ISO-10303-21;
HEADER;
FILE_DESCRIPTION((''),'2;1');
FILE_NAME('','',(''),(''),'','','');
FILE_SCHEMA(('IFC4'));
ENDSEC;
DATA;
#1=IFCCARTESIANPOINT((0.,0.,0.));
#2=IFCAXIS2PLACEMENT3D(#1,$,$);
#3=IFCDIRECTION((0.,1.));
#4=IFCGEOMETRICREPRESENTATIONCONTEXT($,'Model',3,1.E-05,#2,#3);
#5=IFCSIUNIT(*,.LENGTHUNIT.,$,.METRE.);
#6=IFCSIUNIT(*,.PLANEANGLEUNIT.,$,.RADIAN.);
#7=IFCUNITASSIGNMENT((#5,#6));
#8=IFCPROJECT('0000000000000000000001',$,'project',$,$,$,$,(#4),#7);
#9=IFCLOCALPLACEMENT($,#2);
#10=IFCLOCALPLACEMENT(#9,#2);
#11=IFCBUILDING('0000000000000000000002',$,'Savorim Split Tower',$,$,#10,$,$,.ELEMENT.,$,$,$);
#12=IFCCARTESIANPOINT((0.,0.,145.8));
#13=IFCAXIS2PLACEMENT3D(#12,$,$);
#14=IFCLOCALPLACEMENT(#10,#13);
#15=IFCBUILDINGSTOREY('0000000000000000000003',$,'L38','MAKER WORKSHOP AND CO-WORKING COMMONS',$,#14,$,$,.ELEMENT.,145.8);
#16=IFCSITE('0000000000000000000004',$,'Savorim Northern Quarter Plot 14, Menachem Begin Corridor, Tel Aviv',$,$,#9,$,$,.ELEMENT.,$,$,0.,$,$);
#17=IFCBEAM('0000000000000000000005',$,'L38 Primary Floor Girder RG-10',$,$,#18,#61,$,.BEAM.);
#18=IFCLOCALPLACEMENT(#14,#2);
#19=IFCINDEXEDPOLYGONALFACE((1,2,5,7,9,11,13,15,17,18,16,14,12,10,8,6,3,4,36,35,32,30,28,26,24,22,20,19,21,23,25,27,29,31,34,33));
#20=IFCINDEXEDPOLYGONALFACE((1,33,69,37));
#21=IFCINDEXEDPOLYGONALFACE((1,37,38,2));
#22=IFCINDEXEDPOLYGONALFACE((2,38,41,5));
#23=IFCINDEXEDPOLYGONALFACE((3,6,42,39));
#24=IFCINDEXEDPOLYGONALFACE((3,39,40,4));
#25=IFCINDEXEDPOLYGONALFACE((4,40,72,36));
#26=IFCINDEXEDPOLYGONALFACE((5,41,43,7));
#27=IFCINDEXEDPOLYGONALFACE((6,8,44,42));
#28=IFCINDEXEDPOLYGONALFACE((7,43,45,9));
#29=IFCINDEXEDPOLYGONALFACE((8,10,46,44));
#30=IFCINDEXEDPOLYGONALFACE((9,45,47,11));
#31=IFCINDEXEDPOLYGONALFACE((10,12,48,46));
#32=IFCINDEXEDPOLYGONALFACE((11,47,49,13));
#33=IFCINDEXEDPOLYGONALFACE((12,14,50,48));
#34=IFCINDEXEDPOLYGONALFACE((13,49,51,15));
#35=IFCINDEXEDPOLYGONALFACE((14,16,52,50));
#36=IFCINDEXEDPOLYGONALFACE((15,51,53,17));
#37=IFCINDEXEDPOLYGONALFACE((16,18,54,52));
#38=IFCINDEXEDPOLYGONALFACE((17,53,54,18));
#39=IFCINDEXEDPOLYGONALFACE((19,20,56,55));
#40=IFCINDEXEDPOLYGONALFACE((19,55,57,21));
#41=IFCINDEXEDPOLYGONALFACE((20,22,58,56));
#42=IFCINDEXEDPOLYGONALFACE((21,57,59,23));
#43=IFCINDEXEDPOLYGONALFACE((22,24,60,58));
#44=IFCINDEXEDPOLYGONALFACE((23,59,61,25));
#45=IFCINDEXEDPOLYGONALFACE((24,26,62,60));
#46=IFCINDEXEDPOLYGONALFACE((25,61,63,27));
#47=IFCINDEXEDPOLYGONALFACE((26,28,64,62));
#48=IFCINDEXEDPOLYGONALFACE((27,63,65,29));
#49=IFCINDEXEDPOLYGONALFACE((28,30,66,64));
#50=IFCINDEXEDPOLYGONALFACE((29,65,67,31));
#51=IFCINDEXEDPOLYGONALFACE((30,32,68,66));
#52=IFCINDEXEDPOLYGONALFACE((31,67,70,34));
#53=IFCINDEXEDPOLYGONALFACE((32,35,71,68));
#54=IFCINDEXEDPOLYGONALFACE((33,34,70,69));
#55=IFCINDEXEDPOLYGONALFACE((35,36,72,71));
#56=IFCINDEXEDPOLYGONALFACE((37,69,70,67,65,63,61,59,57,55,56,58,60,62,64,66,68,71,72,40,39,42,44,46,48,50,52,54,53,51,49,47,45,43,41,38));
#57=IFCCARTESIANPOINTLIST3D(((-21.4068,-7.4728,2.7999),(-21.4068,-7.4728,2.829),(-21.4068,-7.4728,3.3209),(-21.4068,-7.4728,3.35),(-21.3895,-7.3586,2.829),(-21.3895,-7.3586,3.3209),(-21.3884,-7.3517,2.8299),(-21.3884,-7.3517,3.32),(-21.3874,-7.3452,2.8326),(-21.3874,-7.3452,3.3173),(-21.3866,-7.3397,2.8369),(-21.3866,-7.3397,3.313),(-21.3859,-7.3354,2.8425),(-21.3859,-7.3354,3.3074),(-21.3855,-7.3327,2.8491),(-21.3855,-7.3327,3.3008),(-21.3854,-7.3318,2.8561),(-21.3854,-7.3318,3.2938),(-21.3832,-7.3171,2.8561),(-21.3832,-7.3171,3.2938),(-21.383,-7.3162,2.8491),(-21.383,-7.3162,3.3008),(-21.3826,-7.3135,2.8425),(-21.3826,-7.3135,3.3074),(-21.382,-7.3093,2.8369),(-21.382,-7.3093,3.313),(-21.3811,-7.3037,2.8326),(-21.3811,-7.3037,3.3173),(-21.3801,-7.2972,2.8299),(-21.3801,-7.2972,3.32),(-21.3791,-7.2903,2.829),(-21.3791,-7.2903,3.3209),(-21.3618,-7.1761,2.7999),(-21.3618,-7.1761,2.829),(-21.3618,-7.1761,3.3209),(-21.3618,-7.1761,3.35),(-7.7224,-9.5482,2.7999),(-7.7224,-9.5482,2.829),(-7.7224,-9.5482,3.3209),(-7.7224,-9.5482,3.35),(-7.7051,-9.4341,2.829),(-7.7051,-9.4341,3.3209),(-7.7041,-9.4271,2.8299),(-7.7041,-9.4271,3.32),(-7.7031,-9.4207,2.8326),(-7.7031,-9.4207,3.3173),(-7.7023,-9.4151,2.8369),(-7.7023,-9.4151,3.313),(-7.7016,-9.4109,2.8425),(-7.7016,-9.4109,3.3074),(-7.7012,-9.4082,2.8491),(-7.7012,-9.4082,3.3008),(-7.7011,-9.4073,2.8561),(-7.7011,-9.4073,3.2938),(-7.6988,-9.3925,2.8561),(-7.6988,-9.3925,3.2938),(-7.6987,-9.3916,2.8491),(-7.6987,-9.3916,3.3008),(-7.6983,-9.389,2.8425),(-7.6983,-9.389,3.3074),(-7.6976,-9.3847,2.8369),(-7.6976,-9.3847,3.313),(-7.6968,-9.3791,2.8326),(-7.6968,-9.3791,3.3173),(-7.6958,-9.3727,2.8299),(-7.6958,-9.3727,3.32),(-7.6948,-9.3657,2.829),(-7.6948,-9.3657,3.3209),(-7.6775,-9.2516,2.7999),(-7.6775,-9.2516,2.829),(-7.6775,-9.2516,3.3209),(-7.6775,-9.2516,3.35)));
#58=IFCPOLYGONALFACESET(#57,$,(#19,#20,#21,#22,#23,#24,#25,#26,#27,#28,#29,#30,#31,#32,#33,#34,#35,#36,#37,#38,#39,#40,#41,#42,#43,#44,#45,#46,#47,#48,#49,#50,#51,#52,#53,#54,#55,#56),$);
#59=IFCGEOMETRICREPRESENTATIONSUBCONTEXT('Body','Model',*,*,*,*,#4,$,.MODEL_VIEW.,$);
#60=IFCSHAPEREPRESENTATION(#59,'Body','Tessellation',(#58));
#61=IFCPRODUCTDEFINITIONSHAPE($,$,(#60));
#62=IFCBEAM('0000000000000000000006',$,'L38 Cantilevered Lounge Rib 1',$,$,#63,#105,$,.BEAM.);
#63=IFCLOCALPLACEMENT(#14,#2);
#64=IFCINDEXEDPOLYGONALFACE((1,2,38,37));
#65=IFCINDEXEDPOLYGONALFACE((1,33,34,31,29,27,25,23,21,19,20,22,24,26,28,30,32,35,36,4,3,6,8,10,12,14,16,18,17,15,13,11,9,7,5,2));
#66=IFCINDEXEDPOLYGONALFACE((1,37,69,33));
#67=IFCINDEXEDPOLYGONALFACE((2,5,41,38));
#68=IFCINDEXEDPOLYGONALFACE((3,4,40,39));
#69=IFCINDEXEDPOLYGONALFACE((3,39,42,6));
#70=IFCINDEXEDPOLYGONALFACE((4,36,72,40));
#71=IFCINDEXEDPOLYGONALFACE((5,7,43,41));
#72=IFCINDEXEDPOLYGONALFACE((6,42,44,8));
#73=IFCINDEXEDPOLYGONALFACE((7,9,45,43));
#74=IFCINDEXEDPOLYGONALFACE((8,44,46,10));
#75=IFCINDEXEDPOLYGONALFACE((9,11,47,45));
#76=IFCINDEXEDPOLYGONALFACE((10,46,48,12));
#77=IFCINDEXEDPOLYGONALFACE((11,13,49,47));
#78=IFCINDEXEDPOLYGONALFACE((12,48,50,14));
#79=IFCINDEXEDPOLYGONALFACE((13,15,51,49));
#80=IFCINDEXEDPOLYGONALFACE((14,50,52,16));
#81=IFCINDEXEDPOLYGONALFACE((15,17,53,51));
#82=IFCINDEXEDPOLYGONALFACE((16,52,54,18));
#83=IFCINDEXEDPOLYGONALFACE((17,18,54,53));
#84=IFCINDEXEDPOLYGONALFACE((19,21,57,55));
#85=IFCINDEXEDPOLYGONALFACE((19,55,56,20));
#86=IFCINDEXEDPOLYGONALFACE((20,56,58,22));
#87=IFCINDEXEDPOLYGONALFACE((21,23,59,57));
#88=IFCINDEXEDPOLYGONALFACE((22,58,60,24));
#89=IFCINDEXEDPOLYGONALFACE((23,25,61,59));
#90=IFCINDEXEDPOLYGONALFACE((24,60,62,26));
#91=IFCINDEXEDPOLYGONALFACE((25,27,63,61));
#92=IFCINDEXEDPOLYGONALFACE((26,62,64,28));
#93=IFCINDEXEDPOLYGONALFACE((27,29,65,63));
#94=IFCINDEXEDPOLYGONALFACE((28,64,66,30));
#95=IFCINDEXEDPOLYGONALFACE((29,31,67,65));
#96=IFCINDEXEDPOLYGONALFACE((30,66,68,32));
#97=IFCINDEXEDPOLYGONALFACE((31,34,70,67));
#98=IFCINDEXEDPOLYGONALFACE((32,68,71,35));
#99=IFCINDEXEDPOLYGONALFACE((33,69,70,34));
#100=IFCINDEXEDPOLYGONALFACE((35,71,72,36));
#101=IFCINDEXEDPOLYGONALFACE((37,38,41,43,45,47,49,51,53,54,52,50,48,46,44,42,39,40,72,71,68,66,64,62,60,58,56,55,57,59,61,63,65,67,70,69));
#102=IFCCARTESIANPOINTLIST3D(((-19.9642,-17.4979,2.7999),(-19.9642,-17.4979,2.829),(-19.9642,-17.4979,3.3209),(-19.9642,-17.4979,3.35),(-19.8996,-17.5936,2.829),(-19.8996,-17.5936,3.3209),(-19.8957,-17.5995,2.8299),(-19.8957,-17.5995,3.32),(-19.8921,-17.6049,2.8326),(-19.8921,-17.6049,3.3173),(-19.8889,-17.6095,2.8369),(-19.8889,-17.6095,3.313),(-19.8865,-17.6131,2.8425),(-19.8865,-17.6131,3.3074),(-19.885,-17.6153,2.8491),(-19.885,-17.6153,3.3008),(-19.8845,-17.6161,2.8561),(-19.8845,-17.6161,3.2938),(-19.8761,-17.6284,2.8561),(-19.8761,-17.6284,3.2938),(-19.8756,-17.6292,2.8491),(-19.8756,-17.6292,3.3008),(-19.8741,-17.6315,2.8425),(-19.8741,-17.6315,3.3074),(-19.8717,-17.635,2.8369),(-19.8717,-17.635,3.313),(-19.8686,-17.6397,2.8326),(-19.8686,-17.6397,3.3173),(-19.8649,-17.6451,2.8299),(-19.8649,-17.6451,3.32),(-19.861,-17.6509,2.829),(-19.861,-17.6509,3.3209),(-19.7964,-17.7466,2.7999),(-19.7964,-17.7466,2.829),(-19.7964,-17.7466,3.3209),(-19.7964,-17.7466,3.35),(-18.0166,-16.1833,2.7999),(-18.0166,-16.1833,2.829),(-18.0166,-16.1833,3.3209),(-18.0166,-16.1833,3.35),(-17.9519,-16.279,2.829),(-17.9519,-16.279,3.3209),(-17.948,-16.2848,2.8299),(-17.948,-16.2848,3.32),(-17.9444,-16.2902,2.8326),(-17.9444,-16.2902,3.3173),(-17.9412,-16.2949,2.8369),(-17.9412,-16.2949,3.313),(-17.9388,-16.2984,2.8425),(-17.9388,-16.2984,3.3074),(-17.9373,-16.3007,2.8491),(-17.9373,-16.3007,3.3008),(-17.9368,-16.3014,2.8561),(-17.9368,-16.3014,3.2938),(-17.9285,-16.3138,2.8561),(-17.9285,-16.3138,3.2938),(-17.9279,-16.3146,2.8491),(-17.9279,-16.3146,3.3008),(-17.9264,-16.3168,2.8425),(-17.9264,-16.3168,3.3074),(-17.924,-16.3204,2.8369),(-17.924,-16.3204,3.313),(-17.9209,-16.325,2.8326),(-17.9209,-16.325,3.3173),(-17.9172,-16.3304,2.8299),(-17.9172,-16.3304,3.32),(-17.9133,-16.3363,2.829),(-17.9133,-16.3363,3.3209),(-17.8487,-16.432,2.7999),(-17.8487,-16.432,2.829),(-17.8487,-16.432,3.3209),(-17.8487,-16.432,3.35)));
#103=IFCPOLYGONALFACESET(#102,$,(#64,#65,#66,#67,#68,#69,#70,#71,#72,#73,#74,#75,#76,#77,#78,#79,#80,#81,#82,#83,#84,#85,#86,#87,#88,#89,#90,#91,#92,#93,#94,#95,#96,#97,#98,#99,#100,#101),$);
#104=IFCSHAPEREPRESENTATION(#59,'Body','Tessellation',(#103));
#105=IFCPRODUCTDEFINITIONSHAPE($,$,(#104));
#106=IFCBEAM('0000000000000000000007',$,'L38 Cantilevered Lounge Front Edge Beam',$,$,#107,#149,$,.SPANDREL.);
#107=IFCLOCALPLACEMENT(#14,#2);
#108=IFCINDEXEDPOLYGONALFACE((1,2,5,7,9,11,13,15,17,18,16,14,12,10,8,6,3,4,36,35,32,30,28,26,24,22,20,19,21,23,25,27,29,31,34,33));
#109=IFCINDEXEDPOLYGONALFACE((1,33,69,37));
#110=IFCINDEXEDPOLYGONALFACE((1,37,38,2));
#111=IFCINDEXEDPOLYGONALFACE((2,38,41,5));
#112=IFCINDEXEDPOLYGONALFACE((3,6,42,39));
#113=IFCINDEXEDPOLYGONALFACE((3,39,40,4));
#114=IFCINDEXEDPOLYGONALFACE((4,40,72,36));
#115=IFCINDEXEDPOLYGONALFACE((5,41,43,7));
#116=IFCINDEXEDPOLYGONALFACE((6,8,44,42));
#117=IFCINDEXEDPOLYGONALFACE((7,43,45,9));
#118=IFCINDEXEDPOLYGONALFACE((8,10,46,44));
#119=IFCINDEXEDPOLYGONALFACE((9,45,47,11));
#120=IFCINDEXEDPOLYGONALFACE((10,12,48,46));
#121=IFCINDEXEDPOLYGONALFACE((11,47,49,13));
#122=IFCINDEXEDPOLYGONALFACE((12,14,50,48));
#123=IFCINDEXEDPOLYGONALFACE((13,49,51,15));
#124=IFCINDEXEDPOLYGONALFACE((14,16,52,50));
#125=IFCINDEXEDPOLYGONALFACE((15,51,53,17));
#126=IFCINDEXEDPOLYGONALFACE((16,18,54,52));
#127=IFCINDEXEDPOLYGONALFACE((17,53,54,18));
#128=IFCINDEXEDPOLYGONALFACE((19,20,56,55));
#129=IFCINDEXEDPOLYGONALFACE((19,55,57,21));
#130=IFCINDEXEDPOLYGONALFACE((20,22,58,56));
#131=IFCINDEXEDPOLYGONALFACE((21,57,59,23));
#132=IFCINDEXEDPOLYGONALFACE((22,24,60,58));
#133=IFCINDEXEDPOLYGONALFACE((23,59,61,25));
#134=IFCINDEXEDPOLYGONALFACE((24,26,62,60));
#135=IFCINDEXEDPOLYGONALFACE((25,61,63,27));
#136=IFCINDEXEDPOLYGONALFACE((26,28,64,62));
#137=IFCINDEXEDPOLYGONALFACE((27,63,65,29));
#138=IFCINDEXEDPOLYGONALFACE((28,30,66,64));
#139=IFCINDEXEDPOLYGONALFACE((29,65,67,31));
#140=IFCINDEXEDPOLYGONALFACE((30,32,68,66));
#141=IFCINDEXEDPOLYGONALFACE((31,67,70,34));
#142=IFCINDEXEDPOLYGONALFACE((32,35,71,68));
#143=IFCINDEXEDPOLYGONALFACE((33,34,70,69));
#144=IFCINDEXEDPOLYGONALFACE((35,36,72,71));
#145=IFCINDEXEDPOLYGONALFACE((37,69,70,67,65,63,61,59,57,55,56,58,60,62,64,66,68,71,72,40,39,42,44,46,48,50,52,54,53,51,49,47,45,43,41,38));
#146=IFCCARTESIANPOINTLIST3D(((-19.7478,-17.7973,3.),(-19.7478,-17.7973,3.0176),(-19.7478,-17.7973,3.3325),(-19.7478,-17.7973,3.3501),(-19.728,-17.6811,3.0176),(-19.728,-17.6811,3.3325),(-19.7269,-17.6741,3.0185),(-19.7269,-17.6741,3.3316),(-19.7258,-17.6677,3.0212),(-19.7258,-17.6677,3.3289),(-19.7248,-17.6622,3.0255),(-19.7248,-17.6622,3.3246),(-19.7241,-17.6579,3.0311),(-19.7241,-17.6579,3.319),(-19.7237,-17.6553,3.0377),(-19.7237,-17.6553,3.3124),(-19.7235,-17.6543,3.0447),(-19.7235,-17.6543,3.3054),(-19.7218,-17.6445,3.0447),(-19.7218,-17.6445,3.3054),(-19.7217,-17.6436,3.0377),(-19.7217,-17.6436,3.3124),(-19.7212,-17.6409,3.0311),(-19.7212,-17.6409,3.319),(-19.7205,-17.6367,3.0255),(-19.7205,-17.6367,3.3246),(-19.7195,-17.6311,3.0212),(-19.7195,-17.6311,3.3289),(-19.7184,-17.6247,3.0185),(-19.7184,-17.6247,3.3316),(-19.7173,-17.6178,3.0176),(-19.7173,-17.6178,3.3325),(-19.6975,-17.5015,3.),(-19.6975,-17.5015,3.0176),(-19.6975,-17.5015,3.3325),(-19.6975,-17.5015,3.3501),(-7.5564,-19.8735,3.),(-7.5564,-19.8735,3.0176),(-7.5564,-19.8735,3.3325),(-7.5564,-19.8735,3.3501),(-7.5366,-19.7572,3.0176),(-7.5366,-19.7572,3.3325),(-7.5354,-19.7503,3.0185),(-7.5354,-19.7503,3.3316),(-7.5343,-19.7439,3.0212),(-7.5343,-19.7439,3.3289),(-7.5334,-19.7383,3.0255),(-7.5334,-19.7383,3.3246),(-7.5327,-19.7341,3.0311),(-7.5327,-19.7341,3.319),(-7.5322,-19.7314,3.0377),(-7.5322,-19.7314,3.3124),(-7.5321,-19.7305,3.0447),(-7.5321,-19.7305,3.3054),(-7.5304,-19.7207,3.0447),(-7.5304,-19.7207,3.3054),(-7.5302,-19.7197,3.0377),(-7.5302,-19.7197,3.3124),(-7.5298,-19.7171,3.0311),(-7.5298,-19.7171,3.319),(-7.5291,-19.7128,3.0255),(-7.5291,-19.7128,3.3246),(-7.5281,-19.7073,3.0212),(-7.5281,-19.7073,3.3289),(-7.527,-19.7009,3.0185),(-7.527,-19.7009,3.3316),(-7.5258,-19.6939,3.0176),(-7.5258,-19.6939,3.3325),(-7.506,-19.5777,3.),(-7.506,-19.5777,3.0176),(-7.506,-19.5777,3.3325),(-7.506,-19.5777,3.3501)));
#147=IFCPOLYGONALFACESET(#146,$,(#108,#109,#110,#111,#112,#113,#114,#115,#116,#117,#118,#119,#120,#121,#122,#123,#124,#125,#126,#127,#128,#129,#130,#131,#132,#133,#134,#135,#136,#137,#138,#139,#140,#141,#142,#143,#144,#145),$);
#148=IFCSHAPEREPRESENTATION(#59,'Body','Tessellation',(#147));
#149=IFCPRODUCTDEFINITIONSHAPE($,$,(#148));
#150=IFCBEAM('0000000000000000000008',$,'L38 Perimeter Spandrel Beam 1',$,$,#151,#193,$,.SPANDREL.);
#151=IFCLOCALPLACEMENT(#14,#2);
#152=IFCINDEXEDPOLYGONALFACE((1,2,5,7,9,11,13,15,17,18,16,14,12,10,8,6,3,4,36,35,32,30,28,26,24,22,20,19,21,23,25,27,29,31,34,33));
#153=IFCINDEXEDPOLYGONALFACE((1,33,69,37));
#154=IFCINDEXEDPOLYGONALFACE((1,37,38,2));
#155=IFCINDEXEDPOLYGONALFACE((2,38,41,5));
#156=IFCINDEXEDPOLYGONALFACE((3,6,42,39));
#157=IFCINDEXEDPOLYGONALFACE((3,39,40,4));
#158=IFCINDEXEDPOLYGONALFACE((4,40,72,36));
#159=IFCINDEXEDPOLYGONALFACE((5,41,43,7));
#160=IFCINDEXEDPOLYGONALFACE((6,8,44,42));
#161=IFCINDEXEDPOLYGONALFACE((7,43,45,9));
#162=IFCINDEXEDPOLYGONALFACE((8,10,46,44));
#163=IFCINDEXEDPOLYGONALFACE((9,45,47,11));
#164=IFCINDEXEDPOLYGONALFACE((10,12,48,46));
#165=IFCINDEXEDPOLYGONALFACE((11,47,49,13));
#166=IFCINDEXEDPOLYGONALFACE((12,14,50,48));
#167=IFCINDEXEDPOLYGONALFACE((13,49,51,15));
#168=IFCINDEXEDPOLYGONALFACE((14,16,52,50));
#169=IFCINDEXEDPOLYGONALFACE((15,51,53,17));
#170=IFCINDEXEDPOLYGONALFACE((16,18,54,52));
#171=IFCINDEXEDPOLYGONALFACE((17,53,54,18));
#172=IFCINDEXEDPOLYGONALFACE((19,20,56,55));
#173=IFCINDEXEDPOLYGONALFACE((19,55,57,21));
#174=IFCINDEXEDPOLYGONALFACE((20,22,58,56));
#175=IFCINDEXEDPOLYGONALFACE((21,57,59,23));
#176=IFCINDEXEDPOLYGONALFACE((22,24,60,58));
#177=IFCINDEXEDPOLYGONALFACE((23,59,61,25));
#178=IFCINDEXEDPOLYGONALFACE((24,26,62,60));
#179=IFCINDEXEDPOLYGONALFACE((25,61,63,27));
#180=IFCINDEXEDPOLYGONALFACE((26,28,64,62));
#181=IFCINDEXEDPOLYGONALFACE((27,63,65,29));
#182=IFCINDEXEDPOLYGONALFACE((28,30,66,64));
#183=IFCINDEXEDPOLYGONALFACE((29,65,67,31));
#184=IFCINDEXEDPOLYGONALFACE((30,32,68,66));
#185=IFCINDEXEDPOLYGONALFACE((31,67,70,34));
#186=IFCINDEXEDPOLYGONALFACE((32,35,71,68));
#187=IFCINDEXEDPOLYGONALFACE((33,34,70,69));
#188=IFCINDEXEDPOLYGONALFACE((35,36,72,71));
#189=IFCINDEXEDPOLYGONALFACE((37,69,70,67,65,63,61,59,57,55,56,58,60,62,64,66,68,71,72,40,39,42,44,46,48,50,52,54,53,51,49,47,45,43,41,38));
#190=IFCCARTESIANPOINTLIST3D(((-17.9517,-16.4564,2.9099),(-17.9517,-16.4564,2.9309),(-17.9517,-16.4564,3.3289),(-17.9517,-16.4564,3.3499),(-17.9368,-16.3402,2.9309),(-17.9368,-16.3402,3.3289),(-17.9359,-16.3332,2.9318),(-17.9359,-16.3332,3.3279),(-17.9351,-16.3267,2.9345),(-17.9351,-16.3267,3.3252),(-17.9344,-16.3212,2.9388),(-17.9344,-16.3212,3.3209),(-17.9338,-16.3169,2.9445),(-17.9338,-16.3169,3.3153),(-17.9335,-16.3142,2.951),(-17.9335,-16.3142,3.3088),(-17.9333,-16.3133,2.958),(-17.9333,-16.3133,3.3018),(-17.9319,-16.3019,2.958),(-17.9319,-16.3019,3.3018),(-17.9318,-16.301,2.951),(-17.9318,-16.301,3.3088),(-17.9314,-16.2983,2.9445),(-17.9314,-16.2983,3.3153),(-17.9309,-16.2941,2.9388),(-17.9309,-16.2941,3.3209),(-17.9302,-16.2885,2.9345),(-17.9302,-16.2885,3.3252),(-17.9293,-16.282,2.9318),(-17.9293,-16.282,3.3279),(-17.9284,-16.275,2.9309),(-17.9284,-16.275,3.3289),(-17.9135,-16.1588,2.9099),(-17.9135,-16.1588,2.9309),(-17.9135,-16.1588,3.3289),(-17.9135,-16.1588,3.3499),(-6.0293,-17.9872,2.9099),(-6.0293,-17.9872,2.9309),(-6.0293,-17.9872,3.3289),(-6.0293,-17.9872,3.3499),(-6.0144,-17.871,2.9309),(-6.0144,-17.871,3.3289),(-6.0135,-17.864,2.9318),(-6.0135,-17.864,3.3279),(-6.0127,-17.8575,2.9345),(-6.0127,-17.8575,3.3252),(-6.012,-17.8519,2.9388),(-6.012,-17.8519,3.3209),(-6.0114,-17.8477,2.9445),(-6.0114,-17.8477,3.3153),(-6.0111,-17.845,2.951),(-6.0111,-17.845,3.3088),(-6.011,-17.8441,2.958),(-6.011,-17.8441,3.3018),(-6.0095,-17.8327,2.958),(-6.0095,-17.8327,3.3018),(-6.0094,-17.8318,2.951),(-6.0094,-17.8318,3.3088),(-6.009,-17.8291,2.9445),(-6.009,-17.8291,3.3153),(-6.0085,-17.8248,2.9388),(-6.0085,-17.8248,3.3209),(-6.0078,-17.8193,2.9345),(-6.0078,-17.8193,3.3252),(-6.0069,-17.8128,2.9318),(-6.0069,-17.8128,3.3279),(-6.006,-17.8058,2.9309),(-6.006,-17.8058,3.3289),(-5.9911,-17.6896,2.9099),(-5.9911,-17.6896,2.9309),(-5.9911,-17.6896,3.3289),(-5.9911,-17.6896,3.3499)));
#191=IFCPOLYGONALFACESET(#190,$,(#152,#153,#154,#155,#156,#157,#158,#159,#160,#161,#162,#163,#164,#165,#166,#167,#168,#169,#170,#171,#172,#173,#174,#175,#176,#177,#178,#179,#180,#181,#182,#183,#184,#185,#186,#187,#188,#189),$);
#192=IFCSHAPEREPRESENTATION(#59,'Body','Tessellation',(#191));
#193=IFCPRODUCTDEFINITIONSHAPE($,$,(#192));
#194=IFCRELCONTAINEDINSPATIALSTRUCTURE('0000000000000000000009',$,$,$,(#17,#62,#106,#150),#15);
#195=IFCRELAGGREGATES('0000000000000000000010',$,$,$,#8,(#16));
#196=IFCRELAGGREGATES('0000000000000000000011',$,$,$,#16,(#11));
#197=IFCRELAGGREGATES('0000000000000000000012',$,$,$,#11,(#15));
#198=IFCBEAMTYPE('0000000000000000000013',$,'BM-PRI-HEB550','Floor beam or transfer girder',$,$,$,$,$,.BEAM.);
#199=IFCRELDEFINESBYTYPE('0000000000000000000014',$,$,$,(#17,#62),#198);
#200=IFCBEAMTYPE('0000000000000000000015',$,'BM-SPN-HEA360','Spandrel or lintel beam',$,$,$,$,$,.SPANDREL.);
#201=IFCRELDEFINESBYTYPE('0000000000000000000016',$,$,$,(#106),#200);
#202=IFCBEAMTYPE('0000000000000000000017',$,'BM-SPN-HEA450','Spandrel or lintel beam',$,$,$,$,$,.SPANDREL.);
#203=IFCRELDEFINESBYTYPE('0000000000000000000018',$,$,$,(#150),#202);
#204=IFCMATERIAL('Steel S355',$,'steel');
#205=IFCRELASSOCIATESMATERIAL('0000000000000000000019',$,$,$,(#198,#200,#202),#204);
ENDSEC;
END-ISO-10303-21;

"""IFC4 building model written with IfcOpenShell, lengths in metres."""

from ifc_helpers import new_model, si_unit, direction, frame, origin, origin_2d, place, context, subcontext, project, spatial, i_section, extrude, material, material_profile, profile_set, type_object, element, save


model = new_model("IFC4")

# Units and contexts
model_context = context("Model", 3, precision=1e-05, world=origin(), true_north=direction((0.0, 1.0)))
body_context = subcontext(model_context, "Body", "Model", "MODEL_VIEW")
ifc_project = project(units=[si_unit("LENGTHUNIT", "METRE"), si_unit("PLANEANGLEUNIT", "RADIAN")], contexts=[model_context])

# Site, building, storey
site_placement = place(None, origin())
site = spatial("IfcSite", under=ifc_project, at=site_placement, Name="Savorim Northern Quarter Plot 14, Menachem Begin Corridor, Tel Aviv", CompositionType="ELEMENT", RefElevation=0.0)
building_placement = place(site_placement, origin())
building = spatial("IfcBuilding", under=site, at=building_placement, Name="Savorim Split Tower", CompositionType="ELEMENT")
storey_placement = place(building_placement, frame((0.0, 0.0, 145.8)))
storey = spatial("IfcBuildingStorey", under=building, at=storey_placement, Name="L38", Description="MAKER WORKSHOP AND CO-WORKING COMMONS", CompositionType="ELEMENT", Elevation=145.8)

# Beams
ifc_material_1 = material(Name="Steel S355", Category="steel")
ifc_material_profile_1 = material_profile(ifc_material_1, i_section(OverallWidth=0.3, OverallDepth=0.55, WebThickness=0.0149, FlangeThickness=0.0291, FilletRadius=0.0271, at=origin_2d()), Name="HEB 550")
ifc_profile_set_1 = profile_set([ifc_material_profile_1], Name="Steel S355")
beam_type_1 = type_object("IfcBeamType", Name="BM-PRI-HEB550", Description="Floor beam or transfer girder", PredefinedType="BEAM", material=ifc_profile_set_1)
beam_1_placement = place(storey_placement, frame((-21.3843, -7.3245, 3.075), z_axis=(0.988693, -0.149951, 0.0), x_axis=(0.149951, 0.988693, 0.0)))
element("IfcBeam", 1, at=beam_1_placement, inside=storey, type_object=beam_type_1, Name="L38 Primary Floor Girder RG-10", PredefinedType="BEAM", context=body_context, shape_type="SweptSolid", body=[
    extrude(i_section(OverallWidth=0.3, OverallDepth=0.55, WebThickness=0.0149, FlangeThickness=0.0291, FilletRadius=0.0271, at=origin_2d()), origin(), (0.0, 0.0, 1.0), 13.8408),
])
beam_2_placement = place(storey_placement, frame((-17.9326, -16.3076, 3.075), z_axis=(-0.828856, -0.559462, 0.0), x_axis=(0.559462, -0.828856, 0.0)))
element("IfcBeam", 2, at=beam_2_placement, inside=storey, type_object=beam_type_1, Name="L38 Cantilevered Lounge Rib 1", PredefinedType="BEAM", context=body_context, shape_type="SweptSolid", body=[
    extrude(i_section(OverallWidth=0.3, OverallDepth=0.55, WebThickness=0.0149, FlangeThickness=0.0291, FilletRadius=0.0271, at=origin_2d()), origin(), (0.0, 0.0, 1.0), 2.3499),
])
ifc_material_profile_2 = material_profile(ifc_material_1, i_section(OverallWidth=0.3, OverallDepth=0.3501, WebThickness=0.01, FlangeThickness=0.0176, FilletRadius=0.0271, at=origin_2d()), Name="HEA 360")
ifc_profile_set_2 = profile_set([ifc_material_profile_2], Name="Steel S355")
beam_type_2 = type_object("IfcBeamType", Name="BM-SPN-HEA360", Description="Spandrel or lintel beam", PredefinedType="SPANDREL", material=ifc_profile_set_2)
beam_3_placement = place(storey_placement, frame((-19.7227, -17.6494, 3.175), z_axis=(0.985807, -0.167881, 0.0), x_axis=(0.167881, 0.985807, 0.0)))
element("IfcBeam", 3, at=beam_3_placement, inside=storey, type_object=beam_type_2, Name="L38 Cantilevered Lounge Front Edge Beam", PredefinedType="SPANDREL", context=body_context, shape_type="SweptSolid", body=[
    extrude(i_section(OverallWidth=0.3, OverallDepth=0.3501, WebThickness=0.01, FlangeThickness=0.0176, FilletRadius=0.0271, at=origin_2d()), origin(), (0.0, 0.0, 1.0), 12.3669),
])
ifc_material_profile_3 = material_profile(ifc_material_1, i_section(OverallWidth=0.3, OverallDepth=0.4399, WebThickness=0.0115, FlangeThickness=0.021, FilletRadius=0.0271, at=origin_2d()), Name="HEA 450")
ifc_profile_set_3 = profile_set([ifc_material_profile_3], Name="Steel S355")
beam_type_3 = type_object("IfcBeamType", Name="BM-SPN-HEA450", Description="Spandrel or lintel beam", PredefinedType="SPANDREL", material=ifc_profile_set_3)
beam_4_placement = place(storey_placement, frame((-17.9326, -16.3076, 3.1299), z_axis=(0.991858, -0.127349, 0.0), x_axis=(0.127349, 0.991858, 0.0)))
element("IfcBeam", 4, at=beam_4_placement, inside=storey, type_object=beam_type_3, Name="L38 Perimeter Spandrel Beam 1", PredefinedType="SPANDREL", context=body_context, shape_type="SweptSolid", body=[
    extrude(i_section(OverallWidth=0.3, OverallDepth=0.4399, WebThickness=0.0115, FlangeThickness=0.021, FilletRadius=0.0271, at=origin_2d()), origin(), (0.0, 0.0, 1.0), 12.0203),
])

save(model, "model.ifc")
